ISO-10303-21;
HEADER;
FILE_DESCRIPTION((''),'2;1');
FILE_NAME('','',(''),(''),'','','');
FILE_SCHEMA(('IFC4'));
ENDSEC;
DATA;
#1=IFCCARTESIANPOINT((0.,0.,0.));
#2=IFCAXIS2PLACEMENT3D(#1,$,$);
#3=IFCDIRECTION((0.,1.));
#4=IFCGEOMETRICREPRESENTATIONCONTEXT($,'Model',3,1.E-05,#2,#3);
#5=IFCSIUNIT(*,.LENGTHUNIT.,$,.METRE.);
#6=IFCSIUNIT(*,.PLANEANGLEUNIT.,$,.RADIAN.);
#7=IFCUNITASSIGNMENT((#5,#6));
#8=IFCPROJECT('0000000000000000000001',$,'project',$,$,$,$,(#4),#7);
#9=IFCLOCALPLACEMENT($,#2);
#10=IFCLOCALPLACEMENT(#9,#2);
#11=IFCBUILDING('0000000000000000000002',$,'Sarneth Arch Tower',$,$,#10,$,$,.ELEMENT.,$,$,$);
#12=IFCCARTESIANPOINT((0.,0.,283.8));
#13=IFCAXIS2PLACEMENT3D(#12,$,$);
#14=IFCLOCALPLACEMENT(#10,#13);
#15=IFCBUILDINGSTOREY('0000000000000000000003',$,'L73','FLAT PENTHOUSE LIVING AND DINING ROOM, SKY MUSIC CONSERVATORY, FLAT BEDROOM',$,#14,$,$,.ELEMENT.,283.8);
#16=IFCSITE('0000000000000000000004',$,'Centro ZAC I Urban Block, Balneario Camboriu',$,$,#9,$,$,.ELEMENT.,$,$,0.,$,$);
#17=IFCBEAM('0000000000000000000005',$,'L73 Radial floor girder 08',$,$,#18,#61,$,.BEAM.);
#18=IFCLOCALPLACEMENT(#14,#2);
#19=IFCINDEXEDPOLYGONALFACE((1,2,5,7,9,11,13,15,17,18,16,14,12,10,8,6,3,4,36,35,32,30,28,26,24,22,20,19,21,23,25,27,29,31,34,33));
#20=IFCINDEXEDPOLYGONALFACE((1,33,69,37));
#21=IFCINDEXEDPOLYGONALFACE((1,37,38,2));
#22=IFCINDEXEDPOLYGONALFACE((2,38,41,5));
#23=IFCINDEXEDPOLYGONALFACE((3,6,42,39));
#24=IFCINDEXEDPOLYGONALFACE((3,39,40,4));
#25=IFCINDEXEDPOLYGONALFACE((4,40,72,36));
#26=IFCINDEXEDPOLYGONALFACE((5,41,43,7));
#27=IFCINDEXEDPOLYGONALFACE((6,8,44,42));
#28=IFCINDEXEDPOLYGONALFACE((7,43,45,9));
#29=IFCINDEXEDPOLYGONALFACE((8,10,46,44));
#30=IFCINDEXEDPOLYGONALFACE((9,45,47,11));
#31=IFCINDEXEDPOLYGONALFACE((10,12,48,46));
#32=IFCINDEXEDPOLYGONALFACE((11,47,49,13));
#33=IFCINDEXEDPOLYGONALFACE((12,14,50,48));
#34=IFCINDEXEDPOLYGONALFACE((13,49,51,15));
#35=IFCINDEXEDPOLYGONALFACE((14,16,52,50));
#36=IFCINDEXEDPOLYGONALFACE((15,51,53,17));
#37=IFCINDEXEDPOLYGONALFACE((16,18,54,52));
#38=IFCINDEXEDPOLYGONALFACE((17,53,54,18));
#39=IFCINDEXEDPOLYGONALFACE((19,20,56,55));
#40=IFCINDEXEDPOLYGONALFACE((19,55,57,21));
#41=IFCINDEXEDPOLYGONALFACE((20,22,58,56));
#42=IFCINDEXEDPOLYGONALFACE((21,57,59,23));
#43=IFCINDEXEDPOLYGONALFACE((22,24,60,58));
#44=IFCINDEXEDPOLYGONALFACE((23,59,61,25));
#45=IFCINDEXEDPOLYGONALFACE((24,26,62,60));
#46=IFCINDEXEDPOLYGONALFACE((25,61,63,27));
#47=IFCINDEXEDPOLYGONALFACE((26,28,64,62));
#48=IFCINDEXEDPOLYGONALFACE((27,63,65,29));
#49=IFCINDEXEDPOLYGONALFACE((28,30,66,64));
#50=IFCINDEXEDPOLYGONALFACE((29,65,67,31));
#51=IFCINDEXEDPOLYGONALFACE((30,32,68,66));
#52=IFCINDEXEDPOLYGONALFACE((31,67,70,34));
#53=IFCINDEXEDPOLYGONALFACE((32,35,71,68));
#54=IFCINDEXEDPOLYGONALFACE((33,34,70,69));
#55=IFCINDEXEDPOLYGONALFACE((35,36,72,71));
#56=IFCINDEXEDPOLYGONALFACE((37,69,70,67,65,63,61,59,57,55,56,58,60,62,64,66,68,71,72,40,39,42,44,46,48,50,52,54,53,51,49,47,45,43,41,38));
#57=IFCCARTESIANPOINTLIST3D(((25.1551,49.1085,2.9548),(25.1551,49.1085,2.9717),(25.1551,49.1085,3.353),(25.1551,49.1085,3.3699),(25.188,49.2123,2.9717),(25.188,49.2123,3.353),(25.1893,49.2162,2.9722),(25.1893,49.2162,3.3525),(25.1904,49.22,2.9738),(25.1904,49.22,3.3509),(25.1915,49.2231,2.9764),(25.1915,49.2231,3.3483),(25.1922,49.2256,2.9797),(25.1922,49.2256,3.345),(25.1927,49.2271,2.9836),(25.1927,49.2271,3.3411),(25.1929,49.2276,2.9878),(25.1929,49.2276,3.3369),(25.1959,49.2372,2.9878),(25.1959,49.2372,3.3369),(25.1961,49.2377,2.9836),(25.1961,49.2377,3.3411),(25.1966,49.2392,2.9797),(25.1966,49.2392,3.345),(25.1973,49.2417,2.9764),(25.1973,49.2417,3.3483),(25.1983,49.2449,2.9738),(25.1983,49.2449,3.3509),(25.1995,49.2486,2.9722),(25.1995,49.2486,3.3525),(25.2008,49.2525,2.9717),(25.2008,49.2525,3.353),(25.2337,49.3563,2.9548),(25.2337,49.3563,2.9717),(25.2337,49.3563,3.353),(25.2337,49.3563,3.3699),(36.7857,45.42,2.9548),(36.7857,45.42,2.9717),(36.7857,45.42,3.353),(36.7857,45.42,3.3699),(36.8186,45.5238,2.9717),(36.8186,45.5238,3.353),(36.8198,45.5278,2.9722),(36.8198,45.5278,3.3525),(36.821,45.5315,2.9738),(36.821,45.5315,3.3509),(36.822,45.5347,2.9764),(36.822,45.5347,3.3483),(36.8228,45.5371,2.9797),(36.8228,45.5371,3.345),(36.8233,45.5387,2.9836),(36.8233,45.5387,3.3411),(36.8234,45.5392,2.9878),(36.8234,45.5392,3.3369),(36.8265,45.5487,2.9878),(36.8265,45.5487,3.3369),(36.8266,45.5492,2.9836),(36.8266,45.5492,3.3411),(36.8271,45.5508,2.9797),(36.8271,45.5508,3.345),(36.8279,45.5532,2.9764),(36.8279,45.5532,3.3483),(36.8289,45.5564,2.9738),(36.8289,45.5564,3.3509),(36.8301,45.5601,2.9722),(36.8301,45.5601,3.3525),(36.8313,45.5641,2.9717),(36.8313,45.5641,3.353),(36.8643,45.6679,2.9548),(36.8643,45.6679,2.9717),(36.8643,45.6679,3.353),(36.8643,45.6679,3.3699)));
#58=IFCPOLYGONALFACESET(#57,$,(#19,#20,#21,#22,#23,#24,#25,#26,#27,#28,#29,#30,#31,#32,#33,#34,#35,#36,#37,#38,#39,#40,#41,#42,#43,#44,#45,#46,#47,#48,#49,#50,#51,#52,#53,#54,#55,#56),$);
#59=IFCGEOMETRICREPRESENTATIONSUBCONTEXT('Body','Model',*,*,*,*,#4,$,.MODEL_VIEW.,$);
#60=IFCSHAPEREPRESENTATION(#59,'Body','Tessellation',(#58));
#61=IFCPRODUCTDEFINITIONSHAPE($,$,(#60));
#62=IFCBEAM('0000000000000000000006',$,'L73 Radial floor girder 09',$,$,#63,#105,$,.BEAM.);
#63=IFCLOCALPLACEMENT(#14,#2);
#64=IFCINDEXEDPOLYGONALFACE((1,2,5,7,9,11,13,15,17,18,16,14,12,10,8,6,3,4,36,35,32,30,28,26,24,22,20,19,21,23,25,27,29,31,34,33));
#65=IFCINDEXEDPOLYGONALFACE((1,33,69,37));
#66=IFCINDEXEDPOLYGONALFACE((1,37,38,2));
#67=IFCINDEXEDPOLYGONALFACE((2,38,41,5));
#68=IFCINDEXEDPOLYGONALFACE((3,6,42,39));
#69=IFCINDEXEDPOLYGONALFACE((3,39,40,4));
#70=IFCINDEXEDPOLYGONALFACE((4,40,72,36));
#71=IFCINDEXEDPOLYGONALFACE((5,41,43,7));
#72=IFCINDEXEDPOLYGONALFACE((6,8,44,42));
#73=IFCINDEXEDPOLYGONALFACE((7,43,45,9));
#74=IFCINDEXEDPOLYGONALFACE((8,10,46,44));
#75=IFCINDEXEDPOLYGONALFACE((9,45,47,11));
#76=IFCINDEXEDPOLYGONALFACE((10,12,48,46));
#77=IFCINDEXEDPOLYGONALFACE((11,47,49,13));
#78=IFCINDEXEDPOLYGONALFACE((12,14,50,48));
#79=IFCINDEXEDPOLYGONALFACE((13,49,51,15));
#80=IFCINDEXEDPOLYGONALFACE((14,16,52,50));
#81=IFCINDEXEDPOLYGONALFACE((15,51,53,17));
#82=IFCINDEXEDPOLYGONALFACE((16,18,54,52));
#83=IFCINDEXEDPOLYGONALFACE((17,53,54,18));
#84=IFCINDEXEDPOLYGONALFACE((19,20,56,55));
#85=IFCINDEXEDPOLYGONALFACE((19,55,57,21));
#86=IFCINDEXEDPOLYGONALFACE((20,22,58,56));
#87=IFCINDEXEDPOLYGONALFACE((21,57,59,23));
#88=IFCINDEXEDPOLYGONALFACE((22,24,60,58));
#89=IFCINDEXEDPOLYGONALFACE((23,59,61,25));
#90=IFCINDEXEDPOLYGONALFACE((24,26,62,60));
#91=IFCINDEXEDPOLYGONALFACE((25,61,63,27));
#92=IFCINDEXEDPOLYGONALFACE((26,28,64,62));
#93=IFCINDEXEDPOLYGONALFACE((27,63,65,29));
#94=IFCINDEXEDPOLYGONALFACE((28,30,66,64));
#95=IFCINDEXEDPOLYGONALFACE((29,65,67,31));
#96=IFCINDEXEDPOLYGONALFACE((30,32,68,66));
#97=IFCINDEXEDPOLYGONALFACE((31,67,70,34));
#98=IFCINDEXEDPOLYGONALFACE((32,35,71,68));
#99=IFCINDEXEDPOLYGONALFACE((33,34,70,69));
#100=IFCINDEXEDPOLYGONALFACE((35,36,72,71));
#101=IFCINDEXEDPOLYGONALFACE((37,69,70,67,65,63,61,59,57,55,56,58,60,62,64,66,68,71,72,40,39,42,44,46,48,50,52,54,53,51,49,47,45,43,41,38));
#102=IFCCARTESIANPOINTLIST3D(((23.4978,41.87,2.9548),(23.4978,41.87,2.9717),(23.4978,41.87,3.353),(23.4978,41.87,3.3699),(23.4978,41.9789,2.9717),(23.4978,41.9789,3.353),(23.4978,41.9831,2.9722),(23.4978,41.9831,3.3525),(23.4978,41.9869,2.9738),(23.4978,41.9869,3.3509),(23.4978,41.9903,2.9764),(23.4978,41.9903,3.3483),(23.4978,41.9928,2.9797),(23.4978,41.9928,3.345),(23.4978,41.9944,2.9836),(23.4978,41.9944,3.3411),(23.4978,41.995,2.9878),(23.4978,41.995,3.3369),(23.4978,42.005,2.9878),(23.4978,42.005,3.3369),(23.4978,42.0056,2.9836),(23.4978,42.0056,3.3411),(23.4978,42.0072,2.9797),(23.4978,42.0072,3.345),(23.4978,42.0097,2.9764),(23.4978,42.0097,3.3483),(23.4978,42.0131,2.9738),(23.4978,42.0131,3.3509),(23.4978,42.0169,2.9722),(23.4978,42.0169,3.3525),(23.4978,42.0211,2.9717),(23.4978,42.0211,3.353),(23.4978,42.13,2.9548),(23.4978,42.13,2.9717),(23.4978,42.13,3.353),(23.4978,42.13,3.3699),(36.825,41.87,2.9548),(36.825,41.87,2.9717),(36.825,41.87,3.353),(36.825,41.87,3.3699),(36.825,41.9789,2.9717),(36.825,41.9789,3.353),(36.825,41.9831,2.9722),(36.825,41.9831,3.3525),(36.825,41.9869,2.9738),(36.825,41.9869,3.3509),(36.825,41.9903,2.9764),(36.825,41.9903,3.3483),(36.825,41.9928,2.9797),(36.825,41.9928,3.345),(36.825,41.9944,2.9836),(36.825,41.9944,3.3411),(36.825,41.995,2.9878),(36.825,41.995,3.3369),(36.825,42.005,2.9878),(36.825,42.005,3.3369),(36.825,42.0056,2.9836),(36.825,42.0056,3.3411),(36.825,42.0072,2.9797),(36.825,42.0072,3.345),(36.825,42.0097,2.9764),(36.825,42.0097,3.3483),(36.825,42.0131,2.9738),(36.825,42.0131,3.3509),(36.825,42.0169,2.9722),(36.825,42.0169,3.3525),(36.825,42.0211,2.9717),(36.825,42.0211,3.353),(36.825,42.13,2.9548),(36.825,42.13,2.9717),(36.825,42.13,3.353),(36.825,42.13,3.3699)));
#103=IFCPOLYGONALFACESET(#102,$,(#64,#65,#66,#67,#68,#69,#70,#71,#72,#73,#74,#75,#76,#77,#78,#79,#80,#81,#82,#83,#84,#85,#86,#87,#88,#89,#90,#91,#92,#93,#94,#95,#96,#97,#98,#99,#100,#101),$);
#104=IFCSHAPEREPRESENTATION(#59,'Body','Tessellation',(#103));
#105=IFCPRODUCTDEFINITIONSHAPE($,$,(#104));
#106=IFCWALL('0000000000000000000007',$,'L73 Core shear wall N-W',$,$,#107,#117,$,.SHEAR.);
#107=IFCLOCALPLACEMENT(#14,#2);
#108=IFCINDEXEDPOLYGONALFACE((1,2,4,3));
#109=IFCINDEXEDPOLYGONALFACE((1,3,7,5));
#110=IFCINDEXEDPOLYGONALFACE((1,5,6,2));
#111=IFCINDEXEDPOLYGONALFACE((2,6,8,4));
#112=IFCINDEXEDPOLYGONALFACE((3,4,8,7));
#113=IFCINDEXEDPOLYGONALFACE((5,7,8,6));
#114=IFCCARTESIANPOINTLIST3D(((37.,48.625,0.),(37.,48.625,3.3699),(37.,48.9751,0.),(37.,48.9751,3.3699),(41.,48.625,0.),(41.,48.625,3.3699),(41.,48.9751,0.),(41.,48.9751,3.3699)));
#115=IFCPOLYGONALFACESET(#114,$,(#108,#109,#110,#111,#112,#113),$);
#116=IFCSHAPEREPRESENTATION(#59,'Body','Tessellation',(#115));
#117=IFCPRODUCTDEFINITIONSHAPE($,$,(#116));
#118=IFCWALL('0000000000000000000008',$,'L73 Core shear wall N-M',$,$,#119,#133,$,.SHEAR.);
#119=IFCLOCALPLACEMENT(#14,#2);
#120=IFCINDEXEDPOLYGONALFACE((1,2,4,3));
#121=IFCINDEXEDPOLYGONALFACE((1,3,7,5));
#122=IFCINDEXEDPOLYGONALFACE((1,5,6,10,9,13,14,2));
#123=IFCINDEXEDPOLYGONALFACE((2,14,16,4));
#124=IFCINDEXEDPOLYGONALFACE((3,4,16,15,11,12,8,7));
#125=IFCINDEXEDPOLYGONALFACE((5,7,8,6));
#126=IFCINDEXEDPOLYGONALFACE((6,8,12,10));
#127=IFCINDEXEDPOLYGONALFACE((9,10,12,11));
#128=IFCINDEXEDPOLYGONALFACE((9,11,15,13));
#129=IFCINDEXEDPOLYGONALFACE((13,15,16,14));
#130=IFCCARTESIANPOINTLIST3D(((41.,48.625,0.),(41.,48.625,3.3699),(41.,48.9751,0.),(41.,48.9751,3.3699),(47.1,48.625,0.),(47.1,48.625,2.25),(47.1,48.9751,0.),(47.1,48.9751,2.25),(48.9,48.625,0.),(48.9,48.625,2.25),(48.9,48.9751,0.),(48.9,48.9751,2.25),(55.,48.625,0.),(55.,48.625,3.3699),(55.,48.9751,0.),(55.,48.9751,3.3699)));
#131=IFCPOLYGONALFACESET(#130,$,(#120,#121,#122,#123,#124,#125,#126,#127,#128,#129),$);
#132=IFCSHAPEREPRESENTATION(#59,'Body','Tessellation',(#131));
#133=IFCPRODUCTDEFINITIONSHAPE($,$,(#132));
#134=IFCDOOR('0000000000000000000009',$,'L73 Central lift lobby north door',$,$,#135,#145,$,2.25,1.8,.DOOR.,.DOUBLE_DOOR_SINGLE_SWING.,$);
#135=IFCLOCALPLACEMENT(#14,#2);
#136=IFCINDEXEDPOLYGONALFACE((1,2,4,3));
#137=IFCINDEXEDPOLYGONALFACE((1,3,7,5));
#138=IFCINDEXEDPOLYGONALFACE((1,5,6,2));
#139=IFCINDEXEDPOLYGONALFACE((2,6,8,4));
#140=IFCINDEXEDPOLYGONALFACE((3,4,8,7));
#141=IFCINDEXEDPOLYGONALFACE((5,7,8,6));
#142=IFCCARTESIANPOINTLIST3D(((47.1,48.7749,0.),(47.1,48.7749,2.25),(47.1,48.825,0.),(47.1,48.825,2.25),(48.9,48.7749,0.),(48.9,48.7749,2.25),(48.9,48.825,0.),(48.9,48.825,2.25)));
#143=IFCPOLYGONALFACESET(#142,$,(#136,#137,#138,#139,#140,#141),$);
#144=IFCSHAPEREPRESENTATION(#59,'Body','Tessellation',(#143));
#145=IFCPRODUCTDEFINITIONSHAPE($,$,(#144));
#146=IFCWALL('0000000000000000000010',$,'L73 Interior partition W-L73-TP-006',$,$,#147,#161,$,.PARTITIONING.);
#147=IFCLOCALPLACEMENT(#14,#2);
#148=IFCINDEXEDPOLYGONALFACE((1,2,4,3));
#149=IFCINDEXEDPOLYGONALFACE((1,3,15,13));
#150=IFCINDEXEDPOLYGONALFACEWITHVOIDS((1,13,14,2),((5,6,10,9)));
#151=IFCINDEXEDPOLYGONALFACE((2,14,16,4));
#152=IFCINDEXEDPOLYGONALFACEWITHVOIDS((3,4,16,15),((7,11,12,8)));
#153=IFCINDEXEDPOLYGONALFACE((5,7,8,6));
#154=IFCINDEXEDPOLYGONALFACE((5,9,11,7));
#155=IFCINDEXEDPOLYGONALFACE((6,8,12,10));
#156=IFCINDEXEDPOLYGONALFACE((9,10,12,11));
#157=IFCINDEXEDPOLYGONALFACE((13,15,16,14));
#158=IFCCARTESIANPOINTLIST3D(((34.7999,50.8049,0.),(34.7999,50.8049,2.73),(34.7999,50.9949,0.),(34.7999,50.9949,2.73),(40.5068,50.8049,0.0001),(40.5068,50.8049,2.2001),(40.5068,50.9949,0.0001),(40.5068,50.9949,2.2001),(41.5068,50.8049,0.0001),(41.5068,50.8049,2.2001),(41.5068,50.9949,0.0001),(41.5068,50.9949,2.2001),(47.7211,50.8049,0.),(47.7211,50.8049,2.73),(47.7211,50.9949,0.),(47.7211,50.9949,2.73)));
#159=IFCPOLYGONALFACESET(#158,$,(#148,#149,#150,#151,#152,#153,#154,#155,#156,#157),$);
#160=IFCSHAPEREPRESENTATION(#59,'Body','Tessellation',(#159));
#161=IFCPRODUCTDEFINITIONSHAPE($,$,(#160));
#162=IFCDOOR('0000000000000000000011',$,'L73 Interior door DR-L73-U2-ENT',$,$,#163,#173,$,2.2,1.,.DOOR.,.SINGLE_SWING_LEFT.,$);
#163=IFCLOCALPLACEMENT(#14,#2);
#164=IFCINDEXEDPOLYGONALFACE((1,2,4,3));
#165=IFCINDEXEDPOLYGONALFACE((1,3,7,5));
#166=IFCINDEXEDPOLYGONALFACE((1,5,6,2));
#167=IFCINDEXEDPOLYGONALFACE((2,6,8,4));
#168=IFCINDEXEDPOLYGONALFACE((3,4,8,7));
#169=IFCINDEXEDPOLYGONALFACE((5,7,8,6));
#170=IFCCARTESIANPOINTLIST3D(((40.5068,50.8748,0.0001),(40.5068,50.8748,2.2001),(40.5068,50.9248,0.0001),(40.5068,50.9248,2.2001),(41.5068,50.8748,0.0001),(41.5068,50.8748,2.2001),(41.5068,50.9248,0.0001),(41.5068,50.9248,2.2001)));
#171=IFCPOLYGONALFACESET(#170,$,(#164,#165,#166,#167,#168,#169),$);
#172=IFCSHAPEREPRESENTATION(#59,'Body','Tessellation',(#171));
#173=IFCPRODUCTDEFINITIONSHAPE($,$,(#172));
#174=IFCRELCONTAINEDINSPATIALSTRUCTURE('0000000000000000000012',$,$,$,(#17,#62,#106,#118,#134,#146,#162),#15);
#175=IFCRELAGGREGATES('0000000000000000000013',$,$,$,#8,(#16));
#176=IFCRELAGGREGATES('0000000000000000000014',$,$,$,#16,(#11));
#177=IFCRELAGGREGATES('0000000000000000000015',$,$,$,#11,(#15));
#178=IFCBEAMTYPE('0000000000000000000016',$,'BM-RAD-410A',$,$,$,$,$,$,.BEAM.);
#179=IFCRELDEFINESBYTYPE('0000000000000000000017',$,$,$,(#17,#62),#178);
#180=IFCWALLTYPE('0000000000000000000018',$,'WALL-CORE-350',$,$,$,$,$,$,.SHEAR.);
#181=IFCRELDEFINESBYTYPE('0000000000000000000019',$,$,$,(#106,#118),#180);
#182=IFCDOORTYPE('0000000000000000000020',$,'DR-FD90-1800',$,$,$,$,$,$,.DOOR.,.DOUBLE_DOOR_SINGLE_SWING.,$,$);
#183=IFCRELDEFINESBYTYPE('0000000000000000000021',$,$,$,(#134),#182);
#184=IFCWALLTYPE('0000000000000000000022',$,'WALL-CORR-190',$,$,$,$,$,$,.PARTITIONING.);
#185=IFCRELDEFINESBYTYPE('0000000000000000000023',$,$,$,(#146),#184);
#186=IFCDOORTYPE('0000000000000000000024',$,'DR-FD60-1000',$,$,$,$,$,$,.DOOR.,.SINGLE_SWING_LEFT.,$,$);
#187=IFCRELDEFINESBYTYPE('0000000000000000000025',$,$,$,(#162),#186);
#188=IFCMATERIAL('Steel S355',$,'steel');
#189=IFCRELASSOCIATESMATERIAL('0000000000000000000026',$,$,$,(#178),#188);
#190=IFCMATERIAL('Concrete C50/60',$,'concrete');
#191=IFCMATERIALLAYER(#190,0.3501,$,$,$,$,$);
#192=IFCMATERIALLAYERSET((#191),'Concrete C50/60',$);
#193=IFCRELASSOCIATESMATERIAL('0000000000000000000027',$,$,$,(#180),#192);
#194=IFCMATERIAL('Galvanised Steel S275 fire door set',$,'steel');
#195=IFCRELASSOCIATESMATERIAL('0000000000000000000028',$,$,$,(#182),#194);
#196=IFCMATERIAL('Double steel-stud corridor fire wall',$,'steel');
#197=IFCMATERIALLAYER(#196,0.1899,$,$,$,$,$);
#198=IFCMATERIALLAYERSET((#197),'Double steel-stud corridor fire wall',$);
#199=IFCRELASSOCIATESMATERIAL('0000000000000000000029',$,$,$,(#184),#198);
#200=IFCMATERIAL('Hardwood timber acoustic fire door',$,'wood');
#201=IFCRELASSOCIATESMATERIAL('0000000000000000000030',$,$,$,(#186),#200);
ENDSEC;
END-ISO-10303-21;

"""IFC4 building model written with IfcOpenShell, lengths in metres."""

from ifc_helpers import new_model, si_unit, direction, frame, frame_2d, origin, origin_2d, place, context, subcontext, project, spatial, rectangle, i_section, extrude, material, layer, layer_set, material_profile, profile_set, type_object, element, fill, save


model = new_model("IFC4")

# Units and contexts
model_context = context("Model", 3, precision=1e-05, world=origin(), true_north=direction((0.0, 1.0)))
body_context = subcontext(model_context, "Body", "Model", "MODEL_VIEW")
ifc_project = project(units=[si_unit("LENGTHUNIT", "METRE"), si_unit("PLANEANGLEUNIT", "RADIAN")], contexts=[model_context])

# Site, building, storey
site_placement = place(None, origin())
site = spatial("IfcSite", under=ifc_project, at=site_placement, Name="Centro ZAC I Urban Block, Balneario Camboriu", CompositionType="ELEMENT", RefElevation=0.0)
building_placement = place(site_placement, origin())
building = spatial("IfcBuilding", under=site, at=building_placement, Name="Sarneth Arch Tower", CompositionType="ELEMENT")
storey_placement = place(building_placement, frame((0.0, 0.0, 283.8)))
storey = spatial("IfcBuildingStorey", under=building, at=storey_placement, Name="L73", Description="FLAT PENTHOUSE LIVING AND DINING ROOM, SKY MUSIC CONSERVATORY, FLAT BEDROOM", CompositionType="ELEMENT", Elevation=283.8)

# Beams
ifc_material_1 = material(Name="Steel S355", Category="steel")
ifc_material_profile_1 = material_profile(ifc_material_1, i_section(OverallWidth=0.26, OverallDepth=0.415, WebThickness=0.01, FlangeThickness=0.0168, FilletRadius=0.0161, at=origin_2d()), Name="W410x100")
ifc_profile_set_1 = profile_set([ifc_material_profile_1], Name="Steel S355")
beam_type_1 = type_object("IfcBeamType", Name="BM-RAD-410A", PredefinedType="BEAM", material=ifc_profile_set_1)
beam_1_placement = place(storey_placement, frame((36.825, 45.5439, 3.1624), z_axis=(-0.953214, 0.302298, 0.0), x_axis=(-0.302298, -0.953214, 0.0)))
element("IfcBeam", 1, at=beam_1_placement, inside=storey, type_object=beam_type_1, Name="L73 Radial floor girder 08", PredefinedType="BEAM", context=body_context, shape_type="SweptSolid", body=[
    extrude(i_section(OverallWidth=0.26, OverallDepth=0.415, WebThickness=0.01, FlangeThickness=0.0168, FilletRadius=0.0161, at=origin_2d()), origin(), (0.0, 0.0, 1.0), 12.2014),
])
beam_2_placement = place(storey_placement, frame((36.825, 42.0, 3.1624), z_axis=(-1.0, 0.0, 0.0), x_axis=(0.0, -1.0, 0.0)))
element("IfcBeam", 2, at=beam_2_placement, inside=storey, type_object=beam_type_1, Name="L73 Radial floor girder 09", PredefinedType="BEAM", context=body_context, shape_type="SweptSolid", body=[
    extrude(i_section(OverallWidth=0.26, OverallDepth=0.415, WebThickness=0.01, FlangeThickness=0.0168, FilletRadius=0.0161, at=origin_2d()), origin(), (0.0, 0.0, 1.0), 13.3271),
])

# Wall
ifc_material_2 = material(Name="Concrete C50/60", Category="concrete")
ifc_layer_1 = layer(ifc_material_2, 0.3501)
ifc_layer_set_1 = layer_set([ifc_layer_1], Name="Concrete C50/60")
wall_type_1 = type_object("IfcWallType", Name="WALL-CORE-350", PredefinedType="SHEAR", material=ifc_layer_set_1)
wall_1_placement = place(storey_placement, frame((37.0, 48.8, 0.0), z_axis=(0.0, 0.0, 1.0), x_axis=(1.0, 0.0, 0.0)))
element("IfcWall", 3, at=wall_1_placement, inside=storey, type_object=wall_type_1, Name="L73 Core shear wall N-W", PredefinedType="SHEAR", context=body_context, shape_type="SweptSolid", body=[
    extrude(rectangle(XDim=4.0, YDim=0.3501, at=frame_2d((2.0, 0.0))), origin(), (0.0, 0.0, 1.0), 3.3699),
])

# Walls, openings, doors
wall_2_placement = place(storey_placement, frame((41.0, 48.8, 0.0), z_axis=(0.0, 0.0, 1.0), x_axis=(1.0, 0.0, 0.0)))
wall_2 = element("IfcWall", 4, at=wall_2_placement, inside=storey, type_object=wall_type_1, Name="L73 Core shear wall N-M", PredefinedType="SHEAR", context=body_context, shape_type="SweptSolid", body=[
    extrude(rectangle(XDim=14.0, YDim=0.3501, at=frame_2d((7.0, 0.0))), origin(), (0.0, 0.0, 1.0), 3.3699),
])
opening_1_placement = place(wall_2_placement, frame((6.1001, 0.0, 0.0)))
opening_1 = element("IfcOpeningElement", 5, at=opening_1_placement, cuts=wall_2, PredefinedType="OPENING", context=body_context, shape_type="SweptSolid", body=[
    extrude(rectangle(XDim=1.8, YDim=2.25, at=frame_2d((0.8999, 1.125))), frame((0.0, 0.1851, 0.0), z_axis=(0.0, -1.0, 0.0), x_axis=(1.0, 0.0, 0.0)), (0.0, 0.0, 1.0), 0.3701),
])
ifc_material_3 = material(Name="Galvanised Steel S275 fire door set", Category="steel")
door_type_1 = type_object("IfcDoorType", Name="DR-FD90-1800", OperationType="DOUBLE_DOOR_SINGLE_SWING", PredefinedType="DOOR", material=ifc_material_3)
door_1_placement = place(opening_1_placement, origin())
door_1 = element("IfcDoor", 6, at=door_1_placement, inside=storey, type_object=door_type_1, Name="L73 Central lift lobby north door", OperationType="DOUBLE_DOOR_SINGLE_SWING", OverallHeight=2.25, OverallWidth=1.8, PredefinedType="DOOR", context=body_context, shape_type="SweptSolid", body=[
    extrude(rectangle(XDim=1.8, YDim=2.25, at=frame_2d((0.8999, 1.125))), frame((0.0, 0.0249, 0.0), z_axis=(0.0, -1.0, 0.0), x_axis=(1.0, 0.0, 0.0)), (0.0, 0.0, 1.0), 0.05),
])
fill(opening_1, door_1)
ifc_material_4 = material(Name="Double steel-stud corridor fire wall", Category="steel")
ifc_layer_2 = layer(ifc_material_4, 0.1899)
ifc_layer_set_2 = layer_set([ifc_layer_2], Name="Double steel-stud corridor fire wall")
wall_type_2 = type_object("IfcWallType", Name="WALL-CORR-190", PredefinedType="PARTITIONING", material=ifc_layer_set_2)
wall_3_placement = place(storey_placement, frame((34.8, 50.8999, 0.0), z_axis=(0.0, 0.0, 1.0), x_axis=(1.0, 0.0, 0.0)))
wall_3 = element("IfcWall", 7, at=wall_3_placement, inside=storey, type_object=wall_type_2, Name="L73 Interior partition W-L73-TP-006", PredefinedType="PARTITIONING", context=body_context, shape_type="SweptSolid", body=[
    extrude(rectangle(XDim=12.9211, YDim=0.1899, at=frame_2d((6.4604, 0.0))), origin(), (0.0, 0.0, 1.0), 2.73),
])
opening_2_placement = place(wall_3_placement, frame((5.7068, 0.0, 0.0)))
opening_2 = element("IfcOpeningElement", 8, at=opening_2_placement, cuts=wall_3, PredefinedType="OPENING", context=body_context, shape_type="SweptSolid", body=[
    extrude(rectangle(XDim=1.0, YDim=2.2, at=frame_2d((0.5, 1.1001))), frame((0.0, 0.105, 0.0), z_axis=(0.0, -1.0, 0.0), x_axis=(1.0, 0.0, 0.0)), (0.0, 0.0, 1.0), 0.21),
])
ifc_material_5 = material(Name="Hardwood timber acoustic fire door", Category="wood")
door_type_2 = type_object("IfcDoorType", Name="DR-FD60-1000", OperationType="SINGLE_SWING_LEFT", PredefinedType="DOOR", material=ifc_material_5)
door_2_placement = place(opening_2_placement, origin())
door_2 = element("IfcDoor", 9, at=door_2_placement, inside=storey, type_object=door_type_2, Name="L73 Interior door DR-L73-U2-ENT", OperationType="SINGLE_SWING_LEFT", OverallHeight=2.2, OverallWidth=1.0, PredefinedType="DOOR", context=body_context, shape_type="SweptSolid", body=[
    extrude(rectangle(XDim=1.0, YDim=2.2, at=frame_2d((0.5, 1.1001))), frame((0.0, 0.0249, 0.0), z_axis=(0.0, -1.0, 0.0), x_axis=(1.0, 0.0, 0.0)), (0.0, 0.0, 1.0), 0.05),
])
fill(opening_2, door_2)

save(model, "model.ifc")
